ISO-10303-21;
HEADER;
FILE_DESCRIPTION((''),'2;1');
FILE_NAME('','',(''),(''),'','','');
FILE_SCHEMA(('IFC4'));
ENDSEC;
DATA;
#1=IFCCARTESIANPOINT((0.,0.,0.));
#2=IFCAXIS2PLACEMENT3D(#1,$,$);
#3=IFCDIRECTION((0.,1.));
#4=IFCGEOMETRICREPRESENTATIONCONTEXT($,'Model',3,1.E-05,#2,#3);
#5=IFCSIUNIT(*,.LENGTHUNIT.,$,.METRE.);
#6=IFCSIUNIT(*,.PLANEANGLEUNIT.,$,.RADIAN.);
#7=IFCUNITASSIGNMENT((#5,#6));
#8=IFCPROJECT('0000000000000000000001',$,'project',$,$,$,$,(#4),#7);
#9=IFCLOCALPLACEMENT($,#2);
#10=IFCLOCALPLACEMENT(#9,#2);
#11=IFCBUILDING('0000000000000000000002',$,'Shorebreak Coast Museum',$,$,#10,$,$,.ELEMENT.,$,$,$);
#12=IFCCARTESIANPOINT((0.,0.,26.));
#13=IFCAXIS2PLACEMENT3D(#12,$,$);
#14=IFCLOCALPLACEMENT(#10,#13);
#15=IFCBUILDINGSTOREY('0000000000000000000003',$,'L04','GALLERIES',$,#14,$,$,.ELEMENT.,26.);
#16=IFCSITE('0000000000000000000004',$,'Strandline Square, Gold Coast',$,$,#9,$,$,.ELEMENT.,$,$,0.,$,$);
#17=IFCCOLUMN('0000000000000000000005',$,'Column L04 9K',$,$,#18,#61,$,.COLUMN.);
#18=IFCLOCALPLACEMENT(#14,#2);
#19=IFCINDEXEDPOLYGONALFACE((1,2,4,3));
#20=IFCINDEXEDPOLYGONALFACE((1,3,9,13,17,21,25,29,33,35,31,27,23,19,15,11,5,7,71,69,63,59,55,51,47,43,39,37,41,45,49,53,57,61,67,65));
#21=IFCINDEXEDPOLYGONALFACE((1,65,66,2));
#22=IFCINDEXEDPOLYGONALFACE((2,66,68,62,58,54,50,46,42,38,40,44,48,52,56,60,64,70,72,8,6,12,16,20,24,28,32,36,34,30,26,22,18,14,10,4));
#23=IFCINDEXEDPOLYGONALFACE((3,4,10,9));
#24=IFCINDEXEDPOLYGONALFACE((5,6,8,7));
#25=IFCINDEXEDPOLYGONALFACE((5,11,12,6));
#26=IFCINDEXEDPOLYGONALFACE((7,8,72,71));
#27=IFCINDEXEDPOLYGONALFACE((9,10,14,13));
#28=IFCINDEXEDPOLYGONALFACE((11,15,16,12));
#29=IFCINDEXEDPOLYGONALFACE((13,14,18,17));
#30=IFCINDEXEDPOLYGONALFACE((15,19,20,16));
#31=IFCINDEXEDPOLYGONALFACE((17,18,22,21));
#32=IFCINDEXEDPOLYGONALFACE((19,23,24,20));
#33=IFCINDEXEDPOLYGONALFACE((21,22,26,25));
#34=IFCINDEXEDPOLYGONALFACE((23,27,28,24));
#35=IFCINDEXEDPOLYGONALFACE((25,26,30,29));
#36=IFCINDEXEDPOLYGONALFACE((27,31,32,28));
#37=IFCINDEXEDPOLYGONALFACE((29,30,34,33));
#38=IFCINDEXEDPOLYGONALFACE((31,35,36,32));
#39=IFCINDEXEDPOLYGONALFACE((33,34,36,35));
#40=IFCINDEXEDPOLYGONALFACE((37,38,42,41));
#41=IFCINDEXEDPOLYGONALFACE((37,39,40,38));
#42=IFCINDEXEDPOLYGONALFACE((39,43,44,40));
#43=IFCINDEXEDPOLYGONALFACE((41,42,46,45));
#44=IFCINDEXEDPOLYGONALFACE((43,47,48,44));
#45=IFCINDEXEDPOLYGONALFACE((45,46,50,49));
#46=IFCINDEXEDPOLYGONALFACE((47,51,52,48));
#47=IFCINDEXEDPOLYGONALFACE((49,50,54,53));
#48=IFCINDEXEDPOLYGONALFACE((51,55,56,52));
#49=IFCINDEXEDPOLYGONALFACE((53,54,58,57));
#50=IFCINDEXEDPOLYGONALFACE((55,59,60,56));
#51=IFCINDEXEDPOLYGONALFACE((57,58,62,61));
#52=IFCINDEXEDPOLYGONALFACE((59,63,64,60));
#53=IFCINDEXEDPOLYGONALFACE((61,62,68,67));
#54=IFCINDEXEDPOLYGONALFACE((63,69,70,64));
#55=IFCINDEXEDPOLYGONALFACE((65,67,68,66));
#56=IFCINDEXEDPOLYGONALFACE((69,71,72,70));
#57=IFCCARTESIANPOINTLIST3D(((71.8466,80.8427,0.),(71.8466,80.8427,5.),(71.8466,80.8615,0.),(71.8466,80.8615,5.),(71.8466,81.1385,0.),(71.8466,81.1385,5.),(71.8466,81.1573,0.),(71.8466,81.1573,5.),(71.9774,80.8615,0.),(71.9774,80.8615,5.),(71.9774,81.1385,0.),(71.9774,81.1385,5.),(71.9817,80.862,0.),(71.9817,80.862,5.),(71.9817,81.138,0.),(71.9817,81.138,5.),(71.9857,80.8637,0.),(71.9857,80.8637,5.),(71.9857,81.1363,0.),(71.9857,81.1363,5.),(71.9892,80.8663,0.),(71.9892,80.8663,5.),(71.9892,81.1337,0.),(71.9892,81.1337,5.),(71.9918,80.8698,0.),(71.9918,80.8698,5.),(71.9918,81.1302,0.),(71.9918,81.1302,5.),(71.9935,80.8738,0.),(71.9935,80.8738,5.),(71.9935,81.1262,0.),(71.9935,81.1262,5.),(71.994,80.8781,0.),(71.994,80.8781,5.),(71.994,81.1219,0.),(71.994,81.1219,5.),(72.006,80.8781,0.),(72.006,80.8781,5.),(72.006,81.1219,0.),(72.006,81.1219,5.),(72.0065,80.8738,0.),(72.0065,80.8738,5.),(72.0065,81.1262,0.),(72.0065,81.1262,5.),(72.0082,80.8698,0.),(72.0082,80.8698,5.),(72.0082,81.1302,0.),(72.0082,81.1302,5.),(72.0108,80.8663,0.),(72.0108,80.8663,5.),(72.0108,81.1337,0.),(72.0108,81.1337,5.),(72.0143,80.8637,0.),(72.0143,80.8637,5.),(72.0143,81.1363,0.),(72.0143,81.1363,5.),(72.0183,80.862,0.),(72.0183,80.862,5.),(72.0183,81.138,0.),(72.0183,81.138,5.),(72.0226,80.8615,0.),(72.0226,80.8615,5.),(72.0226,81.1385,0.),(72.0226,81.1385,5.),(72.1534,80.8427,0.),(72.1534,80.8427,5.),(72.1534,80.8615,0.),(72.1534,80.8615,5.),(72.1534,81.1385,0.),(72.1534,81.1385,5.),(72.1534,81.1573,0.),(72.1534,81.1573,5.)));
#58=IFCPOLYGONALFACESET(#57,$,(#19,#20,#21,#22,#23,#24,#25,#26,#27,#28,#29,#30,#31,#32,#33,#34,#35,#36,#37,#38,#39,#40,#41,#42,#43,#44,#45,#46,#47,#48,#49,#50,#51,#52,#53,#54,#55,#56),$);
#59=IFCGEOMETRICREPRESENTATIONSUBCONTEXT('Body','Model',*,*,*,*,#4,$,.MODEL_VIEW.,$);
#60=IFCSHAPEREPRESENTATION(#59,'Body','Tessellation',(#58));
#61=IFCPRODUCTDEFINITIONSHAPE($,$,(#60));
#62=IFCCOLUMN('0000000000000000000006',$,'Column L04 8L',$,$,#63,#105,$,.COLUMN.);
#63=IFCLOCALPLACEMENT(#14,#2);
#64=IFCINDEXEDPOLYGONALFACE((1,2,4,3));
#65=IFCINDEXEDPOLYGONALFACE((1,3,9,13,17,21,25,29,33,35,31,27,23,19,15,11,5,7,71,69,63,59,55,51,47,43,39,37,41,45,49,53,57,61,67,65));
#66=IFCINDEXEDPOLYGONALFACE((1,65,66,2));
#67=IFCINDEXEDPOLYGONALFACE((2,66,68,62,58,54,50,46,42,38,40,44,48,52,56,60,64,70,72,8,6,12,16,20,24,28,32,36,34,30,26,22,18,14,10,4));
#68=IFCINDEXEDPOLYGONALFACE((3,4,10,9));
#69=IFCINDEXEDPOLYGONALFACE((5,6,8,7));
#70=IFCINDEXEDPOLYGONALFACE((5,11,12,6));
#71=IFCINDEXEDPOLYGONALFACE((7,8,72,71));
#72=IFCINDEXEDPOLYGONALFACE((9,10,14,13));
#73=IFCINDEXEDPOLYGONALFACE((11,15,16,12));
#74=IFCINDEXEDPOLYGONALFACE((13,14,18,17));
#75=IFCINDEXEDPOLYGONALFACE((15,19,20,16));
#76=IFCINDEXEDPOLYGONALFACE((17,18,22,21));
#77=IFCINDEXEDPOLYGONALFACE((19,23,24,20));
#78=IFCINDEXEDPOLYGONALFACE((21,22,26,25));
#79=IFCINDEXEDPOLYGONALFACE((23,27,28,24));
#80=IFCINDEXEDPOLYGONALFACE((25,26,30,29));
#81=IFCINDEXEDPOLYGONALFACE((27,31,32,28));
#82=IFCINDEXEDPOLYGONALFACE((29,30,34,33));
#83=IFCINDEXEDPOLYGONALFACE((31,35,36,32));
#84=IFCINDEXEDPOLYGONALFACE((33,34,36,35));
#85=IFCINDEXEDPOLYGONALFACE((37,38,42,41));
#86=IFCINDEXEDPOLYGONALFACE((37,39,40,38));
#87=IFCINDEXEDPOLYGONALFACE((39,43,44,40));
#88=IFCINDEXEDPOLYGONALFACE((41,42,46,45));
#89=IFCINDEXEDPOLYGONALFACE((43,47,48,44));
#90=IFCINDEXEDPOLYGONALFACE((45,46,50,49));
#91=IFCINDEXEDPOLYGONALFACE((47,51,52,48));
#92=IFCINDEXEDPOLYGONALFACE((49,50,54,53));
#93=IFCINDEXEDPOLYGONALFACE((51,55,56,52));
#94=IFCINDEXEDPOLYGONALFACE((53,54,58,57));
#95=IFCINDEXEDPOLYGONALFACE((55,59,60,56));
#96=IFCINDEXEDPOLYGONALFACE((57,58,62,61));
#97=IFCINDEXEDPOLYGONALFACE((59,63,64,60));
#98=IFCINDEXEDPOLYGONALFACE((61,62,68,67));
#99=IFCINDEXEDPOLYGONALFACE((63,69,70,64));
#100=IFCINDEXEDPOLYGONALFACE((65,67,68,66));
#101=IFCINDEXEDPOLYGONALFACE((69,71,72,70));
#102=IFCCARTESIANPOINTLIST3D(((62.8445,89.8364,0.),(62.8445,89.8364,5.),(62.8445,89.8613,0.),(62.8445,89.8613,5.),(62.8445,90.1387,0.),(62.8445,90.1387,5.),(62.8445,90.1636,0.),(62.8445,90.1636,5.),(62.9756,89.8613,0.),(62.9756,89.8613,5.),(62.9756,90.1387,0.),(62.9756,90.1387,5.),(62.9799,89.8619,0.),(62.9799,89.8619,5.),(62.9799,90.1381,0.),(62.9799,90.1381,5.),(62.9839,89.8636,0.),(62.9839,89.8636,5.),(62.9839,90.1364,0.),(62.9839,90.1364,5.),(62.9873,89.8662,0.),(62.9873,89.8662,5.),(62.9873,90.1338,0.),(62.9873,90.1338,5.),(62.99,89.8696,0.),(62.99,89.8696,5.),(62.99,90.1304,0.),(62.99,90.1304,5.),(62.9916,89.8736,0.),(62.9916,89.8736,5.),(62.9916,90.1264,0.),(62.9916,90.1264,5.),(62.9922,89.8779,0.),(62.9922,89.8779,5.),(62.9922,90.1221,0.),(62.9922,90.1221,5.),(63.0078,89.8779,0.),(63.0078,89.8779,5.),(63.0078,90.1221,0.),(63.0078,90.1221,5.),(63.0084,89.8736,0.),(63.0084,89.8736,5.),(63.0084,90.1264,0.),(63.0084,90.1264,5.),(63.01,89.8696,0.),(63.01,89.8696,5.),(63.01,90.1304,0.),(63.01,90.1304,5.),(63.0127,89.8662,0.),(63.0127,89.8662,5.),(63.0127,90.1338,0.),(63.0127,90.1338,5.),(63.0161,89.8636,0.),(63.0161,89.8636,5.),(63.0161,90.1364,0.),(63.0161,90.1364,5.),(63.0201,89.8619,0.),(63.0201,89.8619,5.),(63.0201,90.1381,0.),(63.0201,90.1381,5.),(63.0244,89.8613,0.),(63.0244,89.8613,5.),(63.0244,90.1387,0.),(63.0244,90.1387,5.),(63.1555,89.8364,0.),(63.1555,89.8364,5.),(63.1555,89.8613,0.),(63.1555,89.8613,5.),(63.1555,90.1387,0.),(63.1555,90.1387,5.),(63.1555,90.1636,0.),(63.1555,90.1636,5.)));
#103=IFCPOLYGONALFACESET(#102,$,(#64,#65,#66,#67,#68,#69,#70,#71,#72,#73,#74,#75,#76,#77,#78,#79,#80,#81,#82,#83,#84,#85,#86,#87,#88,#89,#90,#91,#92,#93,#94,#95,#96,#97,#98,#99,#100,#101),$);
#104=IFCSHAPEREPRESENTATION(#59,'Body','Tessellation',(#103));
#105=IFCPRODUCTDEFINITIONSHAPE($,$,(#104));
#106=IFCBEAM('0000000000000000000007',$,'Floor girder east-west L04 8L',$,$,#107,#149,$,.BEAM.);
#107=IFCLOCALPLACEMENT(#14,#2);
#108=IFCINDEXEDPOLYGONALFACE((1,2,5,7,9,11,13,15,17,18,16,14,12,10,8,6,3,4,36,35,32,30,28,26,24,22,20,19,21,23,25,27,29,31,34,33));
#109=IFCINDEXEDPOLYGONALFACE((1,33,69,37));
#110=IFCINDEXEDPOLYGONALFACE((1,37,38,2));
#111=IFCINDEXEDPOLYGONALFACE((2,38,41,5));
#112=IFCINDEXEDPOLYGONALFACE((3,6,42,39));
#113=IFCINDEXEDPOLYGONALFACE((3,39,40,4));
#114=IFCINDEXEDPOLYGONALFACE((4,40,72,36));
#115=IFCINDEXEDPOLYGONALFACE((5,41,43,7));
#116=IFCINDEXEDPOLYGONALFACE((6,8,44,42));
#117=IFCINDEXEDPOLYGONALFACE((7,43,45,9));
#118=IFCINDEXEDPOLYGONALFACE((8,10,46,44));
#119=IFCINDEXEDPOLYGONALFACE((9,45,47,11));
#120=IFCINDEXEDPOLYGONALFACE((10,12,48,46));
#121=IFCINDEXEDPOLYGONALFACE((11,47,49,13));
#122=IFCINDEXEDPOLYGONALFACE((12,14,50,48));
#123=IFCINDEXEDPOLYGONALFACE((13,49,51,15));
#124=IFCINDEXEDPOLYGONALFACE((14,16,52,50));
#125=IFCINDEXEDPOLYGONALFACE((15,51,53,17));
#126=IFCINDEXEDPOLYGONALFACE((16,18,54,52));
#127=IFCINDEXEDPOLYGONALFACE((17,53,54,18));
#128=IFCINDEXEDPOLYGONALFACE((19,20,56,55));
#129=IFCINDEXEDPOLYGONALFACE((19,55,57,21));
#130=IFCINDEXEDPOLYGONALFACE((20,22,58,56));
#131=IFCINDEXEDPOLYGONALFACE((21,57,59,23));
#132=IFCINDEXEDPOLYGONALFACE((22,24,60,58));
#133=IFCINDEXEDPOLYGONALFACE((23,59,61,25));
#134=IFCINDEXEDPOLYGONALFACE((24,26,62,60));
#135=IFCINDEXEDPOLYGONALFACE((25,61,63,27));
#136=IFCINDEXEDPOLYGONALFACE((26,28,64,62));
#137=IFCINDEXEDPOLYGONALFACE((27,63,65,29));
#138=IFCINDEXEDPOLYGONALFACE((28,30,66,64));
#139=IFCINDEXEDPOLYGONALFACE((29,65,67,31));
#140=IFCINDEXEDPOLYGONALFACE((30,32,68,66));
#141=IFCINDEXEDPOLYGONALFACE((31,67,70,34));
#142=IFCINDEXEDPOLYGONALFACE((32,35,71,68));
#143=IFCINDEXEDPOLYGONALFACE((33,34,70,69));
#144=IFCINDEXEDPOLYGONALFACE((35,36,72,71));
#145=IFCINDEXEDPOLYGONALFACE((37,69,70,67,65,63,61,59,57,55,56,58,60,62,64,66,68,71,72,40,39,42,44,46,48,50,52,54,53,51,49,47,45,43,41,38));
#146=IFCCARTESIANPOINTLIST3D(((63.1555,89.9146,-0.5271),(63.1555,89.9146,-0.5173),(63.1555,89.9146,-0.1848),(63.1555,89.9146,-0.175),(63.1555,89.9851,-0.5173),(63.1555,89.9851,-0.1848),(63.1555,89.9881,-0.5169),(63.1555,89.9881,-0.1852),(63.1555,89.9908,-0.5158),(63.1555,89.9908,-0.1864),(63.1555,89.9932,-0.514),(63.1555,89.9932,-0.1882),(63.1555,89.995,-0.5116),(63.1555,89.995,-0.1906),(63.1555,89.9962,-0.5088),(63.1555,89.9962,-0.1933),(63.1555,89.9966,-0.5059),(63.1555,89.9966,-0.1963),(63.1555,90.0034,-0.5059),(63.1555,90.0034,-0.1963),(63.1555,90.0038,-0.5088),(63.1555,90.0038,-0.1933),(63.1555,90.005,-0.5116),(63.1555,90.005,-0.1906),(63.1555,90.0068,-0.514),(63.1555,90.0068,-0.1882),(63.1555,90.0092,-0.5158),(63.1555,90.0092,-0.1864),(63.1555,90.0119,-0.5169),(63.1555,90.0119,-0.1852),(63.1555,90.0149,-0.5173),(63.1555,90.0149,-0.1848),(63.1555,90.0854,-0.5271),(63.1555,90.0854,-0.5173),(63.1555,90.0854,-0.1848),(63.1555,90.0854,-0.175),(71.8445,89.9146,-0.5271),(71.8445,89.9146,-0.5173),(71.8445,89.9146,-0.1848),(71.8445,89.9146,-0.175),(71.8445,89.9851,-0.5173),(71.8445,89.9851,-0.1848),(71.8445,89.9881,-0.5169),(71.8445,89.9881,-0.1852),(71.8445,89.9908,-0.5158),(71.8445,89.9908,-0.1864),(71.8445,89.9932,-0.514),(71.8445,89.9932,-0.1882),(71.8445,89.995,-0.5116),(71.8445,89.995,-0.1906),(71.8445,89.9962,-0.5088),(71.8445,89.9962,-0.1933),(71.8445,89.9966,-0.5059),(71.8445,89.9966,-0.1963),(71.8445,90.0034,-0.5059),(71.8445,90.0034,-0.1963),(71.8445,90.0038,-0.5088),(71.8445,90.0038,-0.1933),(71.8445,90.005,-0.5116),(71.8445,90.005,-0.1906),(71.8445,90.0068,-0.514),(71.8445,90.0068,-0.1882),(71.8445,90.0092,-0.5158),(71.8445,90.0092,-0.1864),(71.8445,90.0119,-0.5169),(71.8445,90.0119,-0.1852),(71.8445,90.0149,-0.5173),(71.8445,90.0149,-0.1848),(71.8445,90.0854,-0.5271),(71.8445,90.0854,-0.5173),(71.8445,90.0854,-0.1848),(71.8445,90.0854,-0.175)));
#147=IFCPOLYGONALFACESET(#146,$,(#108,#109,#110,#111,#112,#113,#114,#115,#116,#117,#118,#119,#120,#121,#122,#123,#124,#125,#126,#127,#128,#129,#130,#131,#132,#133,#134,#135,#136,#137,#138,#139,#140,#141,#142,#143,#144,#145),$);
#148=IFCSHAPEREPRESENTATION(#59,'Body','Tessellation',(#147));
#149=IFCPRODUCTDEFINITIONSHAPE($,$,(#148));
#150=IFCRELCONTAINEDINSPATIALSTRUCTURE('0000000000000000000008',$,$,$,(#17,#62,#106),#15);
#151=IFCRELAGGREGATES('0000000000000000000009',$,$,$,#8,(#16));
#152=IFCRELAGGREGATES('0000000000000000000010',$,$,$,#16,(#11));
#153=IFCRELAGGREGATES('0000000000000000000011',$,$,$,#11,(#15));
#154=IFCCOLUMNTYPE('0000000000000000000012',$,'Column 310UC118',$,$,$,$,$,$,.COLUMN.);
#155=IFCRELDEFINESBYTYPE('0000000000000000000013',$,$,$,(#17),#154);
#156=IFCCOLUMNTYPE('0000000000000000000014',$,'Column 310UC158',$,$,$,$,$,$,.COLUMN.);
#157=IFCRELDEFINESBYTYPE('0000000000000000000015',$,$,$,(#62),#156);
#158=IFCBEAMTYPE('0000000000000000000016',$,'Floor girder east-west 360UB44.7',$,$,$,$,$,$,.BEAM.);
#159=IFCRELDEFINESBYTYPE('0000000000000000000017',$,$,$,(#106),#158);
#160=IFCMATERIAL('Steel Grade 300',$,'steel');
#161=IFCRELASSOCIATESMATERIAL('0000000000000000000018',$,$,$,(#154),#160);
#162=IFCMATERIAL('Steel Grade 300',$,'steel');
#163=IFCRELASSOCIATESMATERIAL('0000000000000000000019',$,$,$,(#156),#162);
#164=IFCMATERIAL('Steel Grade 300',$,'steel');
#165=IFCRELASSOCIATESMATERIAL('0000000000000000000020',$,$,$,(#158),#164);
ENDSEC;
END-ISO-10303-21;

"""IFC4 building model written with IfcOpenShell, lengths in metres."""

from ifc_helpers import new_model, si_unit, direction, frame, origin, origin_2d, place, context, subcontext, project, spatial, i_section, extrude, material, material_profile, profile_set, type_object, element, save


model = new_model("IFC4")

# Units and contexts
model_context = context("Model", 3, precision=1e-05, world=origin(), true_north=direction((0.0, 1.0)))
body_context = subcontext(model_context, "Body", "Model", "MODEL_VIEW")
ifc_project = project(units=[si_unit("LENGTHUNIT", "METRE"), si_unit("PLANEANGLEUNIT", "RADIAN")], contexts=[model_context])

# Site, building, storey
site_placement = place(None, origin())
site = spatial("IfcSite", under=ifc_project, at=site_placement, Name="Strandline Square, Gold Coast", CompositionType="ELEMENT", RefElevation=0.0)
building_placement = place(site_placement, origin())
building = spatial("IfcBuilding", under=site, at=building_placement, Name="Shorebreak Coast Museum", CompositionType="ELEMENT")
storey_placement = place(building_placement, frame((0.0, 0.0, 26.0)))
storey = spatial("IfcBuildingStorey", under=building, at=storey_placement, Name="L04", Description="GALLERIES", CompositionType="ELEMENT", Elevation=26.0)

# Columns
ifc_material_1 = material(Name="Steel Grade 300", Category="steel")
ifc_material_profile_1 = material_profile(ifc_material_1, i_section(OverallWidth=0.3069, OverallDepth=0.3147, WebThickness=0.012, FlangeThickness=0.0188, FilletRadius=0.0166, at=origin_2d()), Name="310UC118")
ifc_profile_set_1 = profile_set([ifc_material_profile_1], Name="Steel Grade 300")
column_type_1 = type_object("IfcColumnType", Name="Column 310UC118", PredefinedType="COLUMN", material=ifc_profile_set_1)
column_1_placement = place(storey_placement, frame((72.0, 81.0, 0.0), z_axis=(0.0, 0.0, 1.0), x_axis=(1.0, 0.0, 0.0)))
element("IfcColumn", 1, at=column_1_placement, inside=storey, type_object=column_type_1, Name="Column L04 9K", PredefinedType="COLUMN", context=body_context, shape_type="SweptSolid", body=[
    extrude(i_section(OverallWidth=0.3069, OverallDepth=0.3147, WebThickness=0.012, FlangeThickness=0.0188, FilletRadius=0.0166, at=origin_2d()), origin(), (0.0, 0.0, 1.0), 5.0),
])
ifc_material_2 = material(Name="Steel Grade 300", Category="steel")
ifc_material_profile_2 = material_profile(ifc_material_2, i_section(OverallWidth=0.311, OverallDepth=0.3271, WebThickness=0.0156, FlangeThickness=0.0249, FilletRadius=0.0166, at=origin_2d()), Name="310UC158")
ifc_profile_set_2 = profile_set([ifc_material_profile_2], Name="Steel Grade 300")
column_type_2 = type_object("IfcColumnType", Name="Column 310UC158", PredefinedType="COLUMN", material=ifc_profile_set_2)
column_2_placement = place(storey_placement, frame((63.0, 90.0, 0.0), z_axis=(0.0, 0.0, 1.0), x_axis=(1.0, 0.0, 0.0)))
element("IfcColumn", 2, at=column_2_placement, inside=storey, type_object=column_type_2, Name="Column L04 8L", PredefinedType="COLUMN", context=body_context, shape_type="SweptSolid", body=[
    extrude(i_section(OverallWidth=0.311, OverallDepth=0.3271, WebThickness=0.0156, FlangeThickness=0.0249, FilletRadius=0.0166, at=origin_2d()), origin(), (0.0, 0.0, 1.0), 5.0),
])

# Beam
ifc_material_3 = material(Name="Steel Grade 300", Category="steel")
ifc_material_profile_3 = material_profile(ifc_material_3, i_section(OverallWidth=0.1709, OverallDepth=0.3521, WebThickness=0.0068, FlangeThickness=0.0098, FilletRadius=0.0115, at=origin_2d()), Name="360UB44.7")
ifc_profile_set_3 = profile_set([ifc_material_profile_3], Name="Steel Grade 300")
beam_type_1 = type_object("IfcBeamType", Name="Floor girder east-west 360UB44.7", PredefinedType="BEAM", material=ifc_profile_set_3)
beam_1_placement = place(storey_placement, frame((63.1555, 90.0, -0.3511), z_axis=(1.0, 0.0, 0.0), x_axis=(0.0, 1.0, 0.0)))
element("IfcBeam", 3, at=beam_1_placement, inside=storey, type_object=beam_type_1, Name="Floor girder east-west L04 8L", PredefinedType="BEAM", context=body_context, shape_type="SweptSolid", body=[
    extrude(i_section(OverallWidth=0.1709, OverallDepth=0.3521, WebThickness=0.0068, FlangeThickness=0.0098, FilletRadius=0.0115, at=origin_2d()), origin(), (0.0, 0.0, 1.0), 8.689),
])

save(model, "model.ifc")
